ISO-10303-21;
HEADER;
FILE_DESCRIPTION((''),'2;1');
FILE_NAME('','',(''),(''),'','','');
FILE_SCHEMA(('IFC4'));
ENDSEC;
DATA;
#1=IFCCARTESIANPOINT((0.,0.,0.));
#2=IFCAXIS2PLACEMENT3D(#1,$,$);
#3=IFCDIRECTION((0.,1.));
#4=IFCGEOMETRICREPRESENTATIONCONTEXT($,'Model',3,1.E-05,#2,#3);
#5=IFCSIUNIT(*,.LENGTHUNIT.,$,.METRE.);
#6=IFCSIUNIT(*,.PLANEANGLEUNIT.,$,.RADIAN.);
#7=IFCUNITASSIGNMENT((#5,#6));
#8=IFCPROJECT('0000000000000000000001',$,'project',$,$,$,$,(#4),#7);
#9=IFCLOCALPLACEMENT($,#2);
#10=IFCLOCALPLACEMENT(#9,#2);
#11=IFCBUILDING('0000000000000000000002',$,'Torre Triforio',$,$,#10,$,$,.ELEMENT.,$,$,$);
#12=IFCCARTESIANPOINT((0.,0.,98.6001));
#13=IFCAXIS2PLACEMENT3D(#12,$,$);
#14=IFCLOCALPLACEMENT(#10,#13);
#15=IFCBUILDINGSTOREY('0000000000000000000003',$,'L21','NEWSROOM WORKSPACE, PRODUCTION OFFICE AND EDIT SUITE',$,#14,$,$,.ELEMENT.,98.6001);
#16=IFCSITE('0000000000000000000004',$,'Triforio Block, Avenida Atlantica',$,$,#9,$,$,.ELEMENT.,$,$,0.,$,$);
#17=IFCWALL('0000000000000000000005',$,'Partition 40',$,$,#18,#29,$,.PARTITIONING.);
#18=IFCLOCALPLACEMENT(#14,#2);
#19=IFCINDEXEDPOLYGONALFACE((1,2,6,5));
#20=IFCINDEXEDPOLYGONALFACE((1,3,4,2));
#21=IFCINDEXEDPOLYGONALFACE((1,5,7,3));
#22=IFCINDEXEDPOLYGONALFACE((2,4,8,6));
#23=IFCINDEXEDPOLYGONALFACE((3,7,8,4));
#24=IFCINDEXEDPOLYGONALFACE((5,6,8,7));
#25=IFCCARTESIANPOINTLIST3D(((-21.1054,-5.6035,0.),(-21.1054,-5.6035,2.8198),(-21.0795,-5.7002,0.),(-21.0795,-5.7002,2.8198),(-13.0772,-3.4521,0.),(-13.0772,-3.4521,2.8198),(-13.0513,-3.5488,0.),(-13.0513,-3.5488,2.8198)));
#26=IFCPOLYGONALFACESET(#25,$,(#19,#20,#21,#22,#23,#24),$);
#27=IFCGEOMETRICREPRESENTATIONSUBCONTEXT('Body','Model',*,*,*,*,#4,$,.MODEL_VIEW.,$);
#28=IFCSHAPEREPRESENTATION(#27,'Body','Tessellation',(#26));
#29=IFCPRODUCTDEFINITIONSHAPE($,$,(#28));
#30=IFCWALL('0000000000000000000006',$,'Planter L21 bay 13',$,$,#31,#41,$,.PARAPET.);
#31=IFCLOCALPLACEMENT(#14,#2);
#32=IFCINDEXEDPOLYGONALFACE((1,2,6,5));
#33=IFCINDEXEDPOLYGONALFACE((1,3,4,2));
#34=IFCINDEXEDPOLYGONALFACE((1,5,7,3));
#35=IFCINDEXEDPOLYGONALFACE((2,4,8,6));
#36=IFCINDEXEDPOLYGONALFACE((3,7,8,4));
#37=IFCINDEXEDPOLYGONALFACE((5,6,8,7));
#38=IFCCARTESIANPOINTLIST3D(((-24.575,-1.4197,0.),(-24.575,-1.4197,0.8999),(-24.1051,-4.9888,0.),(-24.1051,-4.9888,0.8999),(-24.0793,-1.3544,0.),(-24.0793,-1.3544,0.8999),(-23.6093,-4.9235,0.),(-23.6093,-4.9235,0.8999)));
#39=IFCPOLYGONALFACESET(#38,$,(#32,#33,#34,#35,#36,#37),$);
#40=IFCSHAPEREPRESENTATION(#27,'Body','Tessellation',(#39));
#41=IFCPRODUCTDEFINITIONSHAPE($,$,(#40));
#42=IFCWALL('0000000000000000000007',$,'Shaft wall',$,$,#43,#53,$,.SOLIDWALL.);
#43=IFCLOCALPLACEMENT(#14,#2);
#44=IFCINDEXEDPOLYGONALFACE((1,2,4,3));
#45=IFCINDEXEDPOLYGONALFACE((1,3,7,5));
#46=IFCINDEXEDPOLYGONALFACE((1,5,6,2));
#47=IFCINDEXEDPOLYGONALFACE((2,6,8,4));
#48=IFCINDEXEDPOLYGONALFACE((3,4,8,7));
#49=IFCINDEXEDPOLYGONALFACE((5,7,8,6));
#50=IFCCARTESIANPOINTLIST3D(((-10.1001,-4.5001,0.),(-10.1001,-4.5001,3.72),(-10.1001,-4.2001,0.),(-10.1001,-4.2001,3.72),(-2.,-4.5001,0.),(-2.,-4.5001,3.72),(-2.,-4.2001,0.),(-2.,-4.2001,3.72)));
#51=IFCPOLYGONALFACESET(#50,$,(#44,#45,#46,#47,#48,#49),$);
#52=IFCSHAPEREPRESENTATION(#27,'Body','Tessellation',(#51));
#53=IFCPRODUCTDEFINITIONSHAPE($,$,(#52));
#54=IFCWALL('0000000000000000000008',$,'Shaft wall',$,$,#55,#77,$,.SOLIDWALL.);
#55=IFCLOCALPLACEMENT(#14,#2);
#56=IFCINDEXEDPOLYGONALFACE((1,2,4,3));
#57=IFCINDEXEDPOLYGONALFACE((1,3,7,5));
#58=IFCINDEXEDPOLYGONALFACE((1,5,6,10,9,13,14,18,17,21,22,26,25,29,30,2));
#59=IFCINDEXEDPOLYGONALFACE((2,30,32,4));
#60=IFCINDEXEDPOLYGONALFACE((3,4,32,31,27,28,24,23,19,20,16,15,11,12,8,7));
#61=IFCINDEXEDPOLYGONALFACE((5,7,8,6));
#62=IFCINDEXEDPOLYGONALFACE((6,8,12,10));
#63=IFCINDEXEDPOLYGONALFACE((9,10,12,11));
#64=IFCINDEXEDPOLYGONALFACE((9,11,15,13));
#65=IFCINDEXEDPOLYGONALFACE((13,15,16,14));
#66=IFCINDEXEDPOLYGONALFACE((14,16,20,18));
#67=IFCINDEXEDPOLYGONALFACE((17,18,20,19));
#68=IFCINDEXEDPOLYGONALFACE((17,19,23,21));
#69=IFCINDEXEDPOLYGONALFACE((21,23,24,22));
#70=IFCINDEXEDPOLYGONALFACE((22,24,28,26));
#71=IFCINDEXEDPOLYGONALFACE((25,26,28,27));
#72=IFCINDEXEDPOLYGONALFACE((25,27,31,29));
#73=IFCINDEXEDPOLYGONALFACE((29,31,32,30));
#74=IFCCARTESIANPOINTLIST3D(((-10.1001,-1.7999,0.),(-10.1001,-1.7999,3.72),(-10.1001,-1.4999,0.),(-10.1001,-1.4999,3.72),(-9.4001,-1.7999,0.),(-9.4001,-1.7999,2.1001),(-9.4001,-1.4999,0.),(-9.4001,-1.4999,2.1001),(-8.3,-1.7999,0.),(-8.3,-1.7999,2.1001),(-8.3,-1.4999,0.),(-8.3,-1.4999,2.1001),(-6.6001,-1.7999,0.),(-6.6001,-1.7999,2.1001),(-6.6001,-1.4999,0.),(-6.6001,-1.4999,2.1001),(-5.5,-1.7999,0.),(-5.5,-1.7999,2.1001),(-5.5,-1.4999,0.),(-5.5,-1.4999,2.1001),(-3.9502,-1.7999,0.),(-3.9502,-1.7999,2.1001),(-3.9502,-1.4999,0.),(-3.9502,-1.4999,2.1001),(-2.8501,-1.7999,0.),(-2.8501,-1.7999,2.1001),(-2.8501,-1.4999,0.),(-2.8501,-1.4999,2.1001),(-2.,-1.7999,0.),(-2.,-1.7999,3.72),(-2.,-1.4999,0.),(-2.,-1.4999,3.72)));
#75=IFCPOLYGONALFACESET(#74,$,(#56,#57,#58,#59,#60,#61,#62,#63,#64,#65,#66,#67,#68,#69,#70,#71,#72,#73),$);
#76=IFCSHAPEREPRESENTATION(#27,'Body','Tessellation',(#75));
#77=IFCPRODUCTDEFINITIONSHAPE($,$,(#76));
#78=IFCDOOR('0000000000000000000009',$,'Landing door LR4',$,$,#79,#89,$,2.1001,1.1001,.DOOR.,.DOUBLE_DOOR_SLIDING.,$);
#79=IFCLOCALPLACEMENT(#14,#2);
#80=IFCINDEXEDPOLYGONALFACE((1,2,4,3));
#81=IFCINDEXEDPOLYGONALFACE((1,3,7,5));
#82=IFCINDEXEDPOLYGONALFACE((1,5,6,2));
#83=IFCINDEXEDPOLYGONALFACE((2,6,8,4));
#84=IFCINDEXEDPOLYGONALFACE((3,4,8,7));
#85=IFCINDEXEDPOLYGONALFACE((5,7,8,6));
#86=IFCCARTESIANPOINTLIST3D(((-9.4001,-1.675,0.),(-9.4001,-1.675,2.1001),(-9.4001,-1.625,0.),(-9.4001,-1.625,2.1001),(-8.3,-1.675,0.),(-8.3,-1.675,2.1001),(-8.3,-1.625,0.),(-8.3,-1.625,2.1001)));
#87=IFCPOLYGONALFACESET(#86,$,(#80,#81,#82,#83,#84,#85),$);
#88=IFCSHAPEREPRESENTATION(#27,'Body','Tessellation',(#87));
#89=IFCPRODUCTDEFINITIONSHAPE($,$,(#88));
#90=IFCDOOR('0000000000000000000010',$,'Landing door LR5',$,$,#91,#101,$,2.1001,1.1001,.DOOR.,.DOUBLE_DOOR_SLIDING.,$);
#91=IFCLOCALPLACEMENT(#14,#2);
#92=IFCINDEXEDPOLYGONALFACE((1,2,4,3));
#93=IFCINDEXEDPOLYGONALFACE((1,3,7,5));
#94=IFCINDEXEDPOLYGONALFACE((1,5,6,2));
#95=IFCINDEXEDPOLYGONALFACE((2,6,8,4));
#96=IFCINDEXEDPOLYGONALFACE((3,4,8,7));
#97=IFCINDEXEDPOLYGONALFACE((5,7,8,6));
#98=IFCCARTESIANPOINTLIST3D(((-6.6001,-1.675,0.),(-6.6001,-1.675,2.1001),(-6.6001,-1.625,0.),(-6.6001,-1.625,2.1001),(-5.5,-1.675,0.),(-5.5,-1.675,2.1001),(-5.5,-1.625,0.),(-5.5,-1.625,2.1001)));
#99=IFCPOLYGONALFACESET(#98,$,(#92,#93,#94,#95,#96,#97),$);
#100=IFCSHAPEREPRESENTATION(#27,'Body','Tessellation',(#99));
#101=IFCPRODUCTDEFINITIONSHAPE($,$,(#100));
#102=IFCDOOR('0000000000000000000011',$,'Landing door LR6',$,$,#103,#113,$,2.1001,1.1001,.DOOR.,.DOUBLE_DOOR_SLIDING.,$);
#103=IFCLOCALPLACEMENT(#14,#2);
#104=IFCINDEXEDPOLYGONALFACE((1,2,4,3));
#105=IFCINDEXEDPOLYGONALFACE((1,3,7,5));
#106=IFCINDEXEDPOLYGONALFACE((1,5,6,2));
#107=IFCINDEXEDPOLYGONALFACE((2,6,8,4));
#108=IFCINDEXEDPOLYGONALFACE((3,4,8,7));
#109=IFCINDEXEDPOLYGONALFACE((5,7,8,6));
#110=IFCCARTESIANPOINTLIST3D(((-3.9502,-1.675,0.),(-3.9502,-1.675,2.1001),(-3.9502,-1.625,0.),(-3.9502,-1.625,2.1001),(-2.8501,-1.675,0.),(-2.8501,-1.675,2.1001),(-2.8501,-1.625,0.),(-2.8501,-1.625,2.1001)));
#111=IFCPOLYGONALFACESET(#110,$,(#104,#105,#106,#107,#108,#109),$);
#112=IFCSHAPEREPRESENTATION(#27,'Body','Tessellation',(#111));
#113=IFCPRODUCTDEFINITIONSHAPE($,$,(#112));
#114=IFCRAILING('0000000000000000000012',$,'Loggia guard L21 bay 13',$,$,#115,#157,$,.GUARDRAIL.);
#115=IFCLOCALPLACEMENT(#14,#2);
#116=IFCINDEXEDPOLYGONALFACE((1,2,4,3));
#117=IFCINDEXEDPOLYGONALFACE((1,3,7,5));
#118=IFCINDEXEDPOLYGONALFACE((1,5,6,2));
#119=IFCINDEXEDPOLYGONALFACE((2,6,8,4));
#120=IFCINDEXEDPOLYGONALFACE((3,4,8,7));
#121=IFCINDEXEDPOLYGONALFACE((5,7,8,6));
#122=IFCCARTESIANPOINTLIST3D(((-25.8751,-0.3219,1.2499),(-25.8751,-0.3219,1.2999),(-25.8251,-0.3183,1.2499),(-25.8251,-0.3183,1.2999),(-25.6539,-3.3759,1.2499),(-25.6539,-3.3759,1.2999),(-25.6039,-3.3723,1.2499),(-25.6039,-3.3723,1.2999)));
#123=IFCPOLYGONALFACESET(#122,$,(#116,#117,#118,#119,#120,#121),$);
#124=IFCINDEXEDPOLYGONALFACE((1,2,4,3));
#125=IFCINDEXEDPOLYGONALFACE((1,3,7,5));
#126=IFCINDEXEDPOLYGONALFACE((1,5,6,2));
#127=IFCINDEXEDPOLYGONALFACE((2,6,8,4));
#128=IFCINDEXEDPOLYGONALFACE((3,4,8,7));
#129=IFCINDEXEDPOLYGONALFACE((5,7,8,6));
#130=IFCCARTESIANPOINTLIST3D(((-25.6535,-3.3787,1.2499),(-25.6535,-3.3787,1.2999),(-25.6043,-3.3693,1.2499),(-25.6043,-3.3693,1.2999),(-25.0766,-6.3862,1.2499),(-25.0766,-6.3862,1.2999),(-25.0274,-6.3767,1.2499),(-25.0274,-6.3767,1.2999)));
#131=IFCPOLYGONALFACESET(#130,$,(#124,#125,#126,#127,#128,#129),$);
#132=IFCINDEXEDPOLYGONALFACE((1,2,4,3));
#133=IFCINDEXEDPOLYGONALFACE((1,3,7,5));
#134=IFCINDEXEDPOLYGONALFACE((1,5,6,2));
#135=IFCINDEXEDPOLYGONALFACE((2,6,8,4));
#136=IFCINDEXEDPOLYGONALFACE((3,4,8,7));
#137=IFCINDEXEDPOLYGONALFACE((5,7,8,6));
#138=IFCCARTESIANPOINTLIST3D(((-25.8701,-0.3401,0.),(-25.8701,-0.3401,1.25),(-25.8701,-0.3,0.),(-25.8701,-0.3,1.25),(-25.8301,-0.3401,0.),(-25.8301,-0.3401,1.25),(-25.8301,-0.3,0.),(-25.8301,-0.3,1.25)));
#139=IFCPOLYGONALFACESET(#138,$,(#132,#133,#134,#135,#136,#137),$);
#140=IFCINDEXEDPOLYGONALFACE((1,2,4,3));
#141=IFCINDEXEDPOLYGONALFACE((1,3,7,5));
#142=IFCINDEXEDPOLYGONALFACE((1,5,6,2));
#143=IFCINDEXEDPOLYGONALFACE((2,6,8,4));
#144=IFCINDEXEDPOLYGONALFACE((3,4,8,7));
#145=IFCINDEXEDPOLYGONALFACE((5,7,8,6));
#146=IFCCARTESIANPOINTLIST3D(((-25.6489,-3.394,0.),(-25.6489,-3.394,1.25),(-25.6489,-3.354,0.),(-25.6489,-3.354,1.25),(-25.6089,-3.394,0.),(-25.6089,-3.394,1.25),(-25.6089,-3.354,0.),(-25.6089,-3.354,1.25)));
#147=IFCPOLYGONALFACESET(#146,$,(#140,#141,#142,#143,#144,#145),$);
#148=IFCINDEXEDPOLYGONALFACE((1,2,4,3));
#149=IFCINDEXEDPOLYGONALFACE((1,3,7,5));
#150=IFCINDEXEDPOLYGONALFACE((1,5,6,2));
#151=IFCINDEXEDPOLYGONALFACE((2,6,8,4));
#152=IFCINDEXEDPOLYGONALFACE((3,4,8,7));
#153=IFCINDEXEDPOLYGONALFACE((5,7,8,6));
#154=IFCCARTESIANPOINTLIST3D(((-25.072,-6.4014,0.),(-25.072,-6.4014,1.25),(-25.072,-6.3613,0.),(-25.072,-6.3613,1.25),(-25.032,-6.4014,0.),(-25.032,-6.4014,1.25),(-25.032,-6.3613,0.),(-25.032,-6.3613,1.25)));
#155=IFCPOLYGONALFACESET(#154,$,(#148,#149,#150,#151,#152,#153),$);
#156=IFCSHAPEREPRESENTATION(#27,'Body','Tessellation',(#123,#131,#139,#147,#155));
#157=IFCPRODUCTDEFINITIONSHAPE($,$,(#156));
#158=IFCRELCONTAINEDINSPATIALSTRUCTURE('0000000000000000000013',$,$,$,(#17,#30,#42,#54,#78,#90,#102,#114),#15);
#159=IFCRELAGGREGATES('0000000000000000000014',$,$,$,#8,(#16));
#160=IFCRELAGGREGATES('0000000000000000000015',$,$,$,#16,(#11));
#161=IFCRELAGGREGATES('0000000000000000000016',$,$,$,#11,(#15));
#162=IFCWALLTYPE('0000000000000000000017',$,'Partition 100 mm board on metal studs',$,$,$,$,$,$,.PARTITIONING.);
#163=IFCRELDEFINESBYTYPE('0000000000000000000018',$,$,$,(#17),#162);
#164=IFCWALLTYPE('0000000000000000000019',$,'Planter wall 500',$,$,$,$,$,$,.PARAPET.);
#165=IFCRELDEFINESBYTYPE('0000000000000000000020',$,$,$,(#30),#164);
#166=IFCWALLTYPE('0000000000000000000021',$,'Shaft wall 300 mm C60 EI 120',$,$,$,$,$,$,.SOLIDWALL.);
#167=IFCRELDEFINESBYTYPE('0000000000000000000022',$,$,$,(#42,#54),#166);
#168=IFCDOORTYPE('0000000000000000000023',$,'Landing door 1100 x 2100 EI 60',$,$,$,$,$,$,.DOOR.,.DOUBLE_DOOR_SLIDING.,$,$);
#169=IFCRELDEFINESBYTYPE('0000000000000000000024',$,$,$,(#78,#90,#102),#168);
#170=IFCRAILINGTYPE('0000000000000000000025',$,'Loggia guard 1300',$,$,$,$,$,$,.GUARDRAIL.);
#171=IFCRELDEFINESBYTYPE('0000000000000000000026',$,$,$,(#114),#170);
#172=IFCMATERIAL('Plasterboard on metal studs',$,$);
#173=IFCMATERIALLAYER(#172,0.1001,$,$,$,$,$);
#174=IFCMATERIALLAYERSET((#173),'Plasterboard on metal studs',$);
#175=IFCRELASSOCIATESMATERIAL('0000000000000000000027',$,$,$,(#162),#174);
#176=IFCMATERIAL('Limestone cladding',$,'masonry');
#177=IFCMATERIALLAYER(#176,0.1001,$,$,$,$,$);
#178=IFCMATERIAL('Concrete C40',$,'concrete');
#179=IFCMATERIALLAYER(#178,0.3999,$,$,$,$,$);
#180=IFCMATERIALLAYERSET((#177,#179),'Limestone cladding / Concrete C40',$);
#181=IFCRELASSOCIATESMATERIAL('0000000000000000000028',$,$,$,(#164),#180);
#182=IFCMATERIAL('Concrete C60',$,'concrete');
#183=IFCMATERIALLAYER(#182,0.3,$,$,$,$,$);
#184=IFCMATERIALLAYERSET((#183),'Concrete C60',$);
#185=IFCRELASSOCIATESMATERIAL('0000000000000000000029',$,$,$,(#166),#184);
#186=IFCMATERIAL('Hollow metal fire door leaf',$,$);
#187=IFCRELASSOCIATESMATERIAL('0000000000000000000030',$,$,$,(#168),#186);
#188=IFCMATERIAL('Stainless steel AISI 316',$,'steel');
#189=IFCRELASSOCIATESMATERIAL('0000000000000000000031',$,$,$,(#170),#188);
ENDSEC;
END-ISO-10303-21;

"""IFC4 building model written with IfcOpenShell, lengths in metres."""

from ifc_helpers import new_model, si_unit, direction, frame, frame_2d, origin, origin_2d, place, context, subcontext, project, spatial, rectangle, extrude, material, layer, layer_set, type_object, element, fill, save


model = new_model("IFC4")

# Units and contexts
model_context = context("Model", 3, precision=1e-05, world=origin(), true_north=direction((0.0, 1.0)))
body_context = subcontext(model_context, "Body", "Model", "MODEL_VIEW")
ifc_project = project(units=[si_unit("LENGTHUNIT", "METRE"), si_unit("PLANEANGLEUNIT", "RADIAN")], contexts=[model_context])

# Site, building, storey
site_placement = place(None, origin())
site = spatial("IfcSite", under=ifc_project, at=site_placement, Name="Triforio Block, Avenida Atlantica", CompositionType="ELEMENT", RefElevation=0.0)
building_placement = place(site_placement, origin())
building = spatial("IfcBuilding", under=site, at=building_placement, Name="Torre Triforio", CompositionType="ELEMENT")
storey_placement = place(building_placement, frame((0.0, 0.0, 98.6001)))
storey = spatial("IfcBuildingStorey", under=building, at=storey_placement, Name="L21", Description="NEWSROOM WORKSPACE, PRODUCTION OFFICE AND EDIT SUITE", CompositionType="ELEMENT", Elevation=98.6001)

# Shared definitions
ifc_material_1 = material(Name="Concrete C60", Category="concrete")

# Shared definitions
ifc_material_2 = material(Name="Hollow metal fire door leaf")

# Shared definitions
ifc_material_3 = material(Name="Plasterboard on metal studs")

# Walls
ifc_layer_1 = layer(ifc_material_3, 0.1001)
ifc_layer_set_1 = layer_set([ifc_layer_1], Name="Plasterboard on metal studs")
wall_type_1 = type_object("IfcWallType", Name="Partition 100 mm board on metal studs", PredefinedType="PARTITIONING", material=ifc_layer_set_1)
wall_1_placement = place(storey_placement, frame((-13.0642, -3.5005, 0.0), z_axis=(0.0, 0.0, 1.0), x_axis=(-0.96592, -0.25884, 0.0)))
element("IfcWall", 1, at=wall_1_placement, inside=storey, type_object=wall_type_1, Name="Partition 40", PredefinedType="PARTITIONING", context=body_context, shape_type="SweptSolid", body=[
    extrude(rectangle(XDim=8.3115, YDim=0.1001, at=frame_2d((4.1558, 0.0))), origin(), (0.0, 0.0, 1.0), 2.8198),
])
ifc_material_4 = material(Name="Limestone cladding", Category="masonry")
ifc_layer_2 = layer(ifc_material_4, 0.1001)
ifc_material_5 = material(Name="Concrete C40", Category="concrete")
ifc_layer_3 = layer(ifc_material_5, 0.3999)
ifc_layer_set_2 = layer_set([ifc_layer_2, ifc_layer_3], Name="Limestone cladding / Concrete C40")
wall_type_2 = type_object("IfcWallType", Name="Planter wall 500", PredefinedType="PARAPET", material=ifc_layer_set_2)
wall_2_placement = place(storey_placement, frame((-24.3271, -1.3872, 0.0), z_axis=(0.0, 0.0, 1.0), x_axis=(0.130551, -0.991442, 0.0)))
element("IfcWall", 2, at=wall_2_placement, inside=storey, type_object=wall_type_2, Name="Planter L21 bay 13", PredefinedType="PARAPET", context=body_context, shape_type="SweptSolid", body=[
    extrude(rectangle(XDim=3.5999, YDim=0.5, at=frame_2d((1.7998, 0.0))), origin(), (0.0, 0.0, 1.0), 0.8999),
])
ifc_layer_4 = layer(ifc_material_1, 0.3)
ifc_layer_set_3 = layer_set([ifc_layer_4], Name="Concrete C60")
wall_type_3 = type_object("IfcWallType", Name="Shaft wall 300 mm C60 EI 120", PredefinedType="SOLIDWALL", material=ifc_layer_set_3)
wall_3_placement = place(storey_placement, frame((-10.1001, -4.3501, 0.0), z_axis=(0.0, 0.0, 1.0), x_axis=(1.0, 0.0, 0.0)))
element("IfcWall", 3, at=wall_3_placement, inside=storey, type_object=wall_type_3, Name="Shaft wall", PredefinedType="SOLIDWALL", context=body_context, shape_type="SweptSolid", body=[
    extrude(rectangle(XDim=8.1001, YDim=0.3, at=frame_2d((4.05, 0.0))), origin(), (0.0, 0.0, 1.0), 3.72),
])

# Wall, openings, doors
wall_4_placement = place(storey_placement, frame((-10.1001, -1.6499, 0.0), z_axis=(0.0, 0.0, 1.0), x_axis=(1.0, 0.0, 0.0)))
wall_4 = element("IfcWall", 4, at=wall_4_placement, inside=storey, type_object=wall_type_3, Name="Shaft wall", PredefinedType="SOLIDWALL", context=body_context, shape_type="SweptSolid", body=[
    extrude(rectangle(XDim=8.1001, YDim=0.3, at=frame_2d((4.05, 0.0))), origin(), (0.0, 0.0, 1.0), 3.72),
])
opening_1_placement = place(wall_4_placement, frame((0.7, 0.0, 0.0)))
opening_1 = element("IfcOpeningElement", 5, at=opening_1_placement, cuts=wall_4, PredefinedType="OPENING", context=body_context, shape_type="SweptSolid", body=[
    extrude(rectangle(XDim=1.1001, YDim=2.1001, at=frame_2d((0.55, 1.05))), frame((0.0, 0.1599, 0.0), z_axis=(0.0, -1.0, 0.0), x_axis=(1.0, 0.0, 0.0)), (0.0, 0.0, 1.0), 0.3201),
])
opening_2_placement = place(wall_4_placement, frame((3.5, 0.0, 0.0)))
opening_2 = element("IfcOpeningElement", 6, at=opening_2_placement, cuts=wall_4, PredefinedType="OPENING", context=body_context, shape_type="SweptSolid", body=[
    extrude(rectangle(XDim=1.1001, YDim=2.1001, at=frame_2d((0.55, 1.05))), frame((0.0, 0.1599, 0.0), z_axis=(0.0, -1.0, 0.0), x_axis=(1.0, 0.0, 0.0)), (0.0, 0.0, 1.0), 0.3201),
])
opening_3_placement = place(wall_4_placement, frame((6.1499, 0.0, 0.0)))
opening_3 = element("IfcOpeningElement", 7, at=opening_3_placement, cuts=wall_4, PredefinedType="OPENING", context=body_context, shape_type="SweptSolid", body=[
    extrude(rectangle(XDim=1.1001, YDim=2.1001, at=frame_2d((0.55, 1.05))), frame((0.0, 0.1599, 0.0), z_axis=(0.0, -1.0, 0.0), x_axis=(1.0, 0.0, 0.0)), (0.0, 0.0, 1.0), 0.3201),
])
door_type_1 = type_object("IfcDoorType", Name="Landing door 1100 x 2100 EI 60", OperationType="DOUBLE_DOOR_SLIDING", PredefinedType="DOOR", material=ifc_material_2)
door_1_placement = place(opening_1_placement, origin())
door_1 = element("IfcDoor", 8, at=door_1_placement, inside=storey, type_object=door_type_1, Name="Landing door LR4", OperationType="DOUBLE_DOOR_SLIDING", OverallHeight=2.1001, OverallWidth=1.1001, PredefinedType="DOOR", context=body_context, shape_type="SweptSolid", body=[
    extrude(rectangle(XDim=1.1001, YDim=2.1001, at=frame_2d((0.55, 1.05))), frame((0.0, 0.0249, 0.0), z_axis=(0.0, -1.0, 0.0), x_axis=(1.0, 0.0, 0.0)), (0.0, 0.0, 1.0), 0.05),
])
fill(opening_1, door_1)
door_2_placement = place(opening_2_placement, origin())
door_2 = element("IfcDoor", 9, at=door_2_placement, inside=storey, type_object=door_type_1, Name="Landing door LR5", OperationType="DOUBLE_DOOR_SLIDING", OverallHeight=2.1001, OverallWidth=1.1001, PredefinedType="DOOR", context=body_context, shape_type="SweptSolid", body=[
    extrude(rectangle(XDim=1.1001, YDim=2.1001, at=frame_2d((0.55, 1.05))), frame((0.0, 0.0249, 0.0), z_axis=(0.0, -1.0, 0.0), x_axis=(1.0, 0.0, 0.0)), (0.0, 0.0, 1.0), 0.05),
])
fill(opening_2, door_2)
door_3_placement = place(opening_3_placement, origin())
door_3 = element("IfcDoor", 10, at=door_3_placement, inside=storey, type_object=door_type_1, Name="Landing door LR6", OperationType="DOUBLE_DOOR_SLIDING", OverallHeight=2.1001, OverallWidth=1.1001, PredefinedType="DOOR", context=body_context, shape_type="SweptSolid", body=[
    extrude(rectangle(XDim=1.1001, YDim=2.1001, at=frame_2d((0.55, 1.05))), frame((0.0, 0.0249, 0.0), z_axis=(0.0, -1.0, 0.0), x_axis=(1.0, 0.0, 0.0)), (0.0, 0.0, 1.0), 0.05),
])
fill(opening_3, door_3)

# Railing
ifc_material_6 = material(Name="Stainless steel AISI 316", Category="steel")
railing_type = type_object("IfcRailingType", Name="Loggia guard 1300", PredefinedType="GUARDRAIL", material=ifc_material_6)
railing_placement = place(storey_placement, frame((-25.8501, -0.3201, 0.0)))
element("IfcRailing", 11, at=railing_placement, inside=storey, type_object=railing_type, Name="Loggia guard L21 bay 13", PredefinedType="GUARDRAIL", context=body_context, shape_type="SweptSolid", body=[
    extrude(rectangle(XDim=0.05, YDim=0.05, at=origin_2d()), frame((0.0, 0.0, 1.2749), z_axis=(0.072239, -0.997387, 0.0), x_axis=(0.997387, 0.072239, 0.0)), (0.0, 0.0, 1.0), 3.062),
    extrude(rectangle(XDim=0.05, YDim=0.05, at=origin_2d()), frame((0.2212, -3.054, 1.2749), z_axis=(0.188398, -0.982093, 0.0), x_axis=(0.982093, 0.188398, 0.0)), (0.0, 0.0, 1.0), 3.0623),
    extrude(rectangle(XDim=0.04, YDim=0.04, at=origin_2d()), origin(), (0.0, 0.0, 1.0), 1.25),
    extrude(rectangle(XDim=0.04, YDim=0.04, at=origin_2d()), frame((0.2212, -3.054, 0.0)), (0.0, 0.0, 1.0), 1.25),
    extrude(rectangle(XDim=0.04, YDim=0.04, at=origin_2d()), frame((0.7981, -6.0613, 0.0)), (0.0, 0.0, 1.0), 1.25),
])

save(model, "model.ifc")
